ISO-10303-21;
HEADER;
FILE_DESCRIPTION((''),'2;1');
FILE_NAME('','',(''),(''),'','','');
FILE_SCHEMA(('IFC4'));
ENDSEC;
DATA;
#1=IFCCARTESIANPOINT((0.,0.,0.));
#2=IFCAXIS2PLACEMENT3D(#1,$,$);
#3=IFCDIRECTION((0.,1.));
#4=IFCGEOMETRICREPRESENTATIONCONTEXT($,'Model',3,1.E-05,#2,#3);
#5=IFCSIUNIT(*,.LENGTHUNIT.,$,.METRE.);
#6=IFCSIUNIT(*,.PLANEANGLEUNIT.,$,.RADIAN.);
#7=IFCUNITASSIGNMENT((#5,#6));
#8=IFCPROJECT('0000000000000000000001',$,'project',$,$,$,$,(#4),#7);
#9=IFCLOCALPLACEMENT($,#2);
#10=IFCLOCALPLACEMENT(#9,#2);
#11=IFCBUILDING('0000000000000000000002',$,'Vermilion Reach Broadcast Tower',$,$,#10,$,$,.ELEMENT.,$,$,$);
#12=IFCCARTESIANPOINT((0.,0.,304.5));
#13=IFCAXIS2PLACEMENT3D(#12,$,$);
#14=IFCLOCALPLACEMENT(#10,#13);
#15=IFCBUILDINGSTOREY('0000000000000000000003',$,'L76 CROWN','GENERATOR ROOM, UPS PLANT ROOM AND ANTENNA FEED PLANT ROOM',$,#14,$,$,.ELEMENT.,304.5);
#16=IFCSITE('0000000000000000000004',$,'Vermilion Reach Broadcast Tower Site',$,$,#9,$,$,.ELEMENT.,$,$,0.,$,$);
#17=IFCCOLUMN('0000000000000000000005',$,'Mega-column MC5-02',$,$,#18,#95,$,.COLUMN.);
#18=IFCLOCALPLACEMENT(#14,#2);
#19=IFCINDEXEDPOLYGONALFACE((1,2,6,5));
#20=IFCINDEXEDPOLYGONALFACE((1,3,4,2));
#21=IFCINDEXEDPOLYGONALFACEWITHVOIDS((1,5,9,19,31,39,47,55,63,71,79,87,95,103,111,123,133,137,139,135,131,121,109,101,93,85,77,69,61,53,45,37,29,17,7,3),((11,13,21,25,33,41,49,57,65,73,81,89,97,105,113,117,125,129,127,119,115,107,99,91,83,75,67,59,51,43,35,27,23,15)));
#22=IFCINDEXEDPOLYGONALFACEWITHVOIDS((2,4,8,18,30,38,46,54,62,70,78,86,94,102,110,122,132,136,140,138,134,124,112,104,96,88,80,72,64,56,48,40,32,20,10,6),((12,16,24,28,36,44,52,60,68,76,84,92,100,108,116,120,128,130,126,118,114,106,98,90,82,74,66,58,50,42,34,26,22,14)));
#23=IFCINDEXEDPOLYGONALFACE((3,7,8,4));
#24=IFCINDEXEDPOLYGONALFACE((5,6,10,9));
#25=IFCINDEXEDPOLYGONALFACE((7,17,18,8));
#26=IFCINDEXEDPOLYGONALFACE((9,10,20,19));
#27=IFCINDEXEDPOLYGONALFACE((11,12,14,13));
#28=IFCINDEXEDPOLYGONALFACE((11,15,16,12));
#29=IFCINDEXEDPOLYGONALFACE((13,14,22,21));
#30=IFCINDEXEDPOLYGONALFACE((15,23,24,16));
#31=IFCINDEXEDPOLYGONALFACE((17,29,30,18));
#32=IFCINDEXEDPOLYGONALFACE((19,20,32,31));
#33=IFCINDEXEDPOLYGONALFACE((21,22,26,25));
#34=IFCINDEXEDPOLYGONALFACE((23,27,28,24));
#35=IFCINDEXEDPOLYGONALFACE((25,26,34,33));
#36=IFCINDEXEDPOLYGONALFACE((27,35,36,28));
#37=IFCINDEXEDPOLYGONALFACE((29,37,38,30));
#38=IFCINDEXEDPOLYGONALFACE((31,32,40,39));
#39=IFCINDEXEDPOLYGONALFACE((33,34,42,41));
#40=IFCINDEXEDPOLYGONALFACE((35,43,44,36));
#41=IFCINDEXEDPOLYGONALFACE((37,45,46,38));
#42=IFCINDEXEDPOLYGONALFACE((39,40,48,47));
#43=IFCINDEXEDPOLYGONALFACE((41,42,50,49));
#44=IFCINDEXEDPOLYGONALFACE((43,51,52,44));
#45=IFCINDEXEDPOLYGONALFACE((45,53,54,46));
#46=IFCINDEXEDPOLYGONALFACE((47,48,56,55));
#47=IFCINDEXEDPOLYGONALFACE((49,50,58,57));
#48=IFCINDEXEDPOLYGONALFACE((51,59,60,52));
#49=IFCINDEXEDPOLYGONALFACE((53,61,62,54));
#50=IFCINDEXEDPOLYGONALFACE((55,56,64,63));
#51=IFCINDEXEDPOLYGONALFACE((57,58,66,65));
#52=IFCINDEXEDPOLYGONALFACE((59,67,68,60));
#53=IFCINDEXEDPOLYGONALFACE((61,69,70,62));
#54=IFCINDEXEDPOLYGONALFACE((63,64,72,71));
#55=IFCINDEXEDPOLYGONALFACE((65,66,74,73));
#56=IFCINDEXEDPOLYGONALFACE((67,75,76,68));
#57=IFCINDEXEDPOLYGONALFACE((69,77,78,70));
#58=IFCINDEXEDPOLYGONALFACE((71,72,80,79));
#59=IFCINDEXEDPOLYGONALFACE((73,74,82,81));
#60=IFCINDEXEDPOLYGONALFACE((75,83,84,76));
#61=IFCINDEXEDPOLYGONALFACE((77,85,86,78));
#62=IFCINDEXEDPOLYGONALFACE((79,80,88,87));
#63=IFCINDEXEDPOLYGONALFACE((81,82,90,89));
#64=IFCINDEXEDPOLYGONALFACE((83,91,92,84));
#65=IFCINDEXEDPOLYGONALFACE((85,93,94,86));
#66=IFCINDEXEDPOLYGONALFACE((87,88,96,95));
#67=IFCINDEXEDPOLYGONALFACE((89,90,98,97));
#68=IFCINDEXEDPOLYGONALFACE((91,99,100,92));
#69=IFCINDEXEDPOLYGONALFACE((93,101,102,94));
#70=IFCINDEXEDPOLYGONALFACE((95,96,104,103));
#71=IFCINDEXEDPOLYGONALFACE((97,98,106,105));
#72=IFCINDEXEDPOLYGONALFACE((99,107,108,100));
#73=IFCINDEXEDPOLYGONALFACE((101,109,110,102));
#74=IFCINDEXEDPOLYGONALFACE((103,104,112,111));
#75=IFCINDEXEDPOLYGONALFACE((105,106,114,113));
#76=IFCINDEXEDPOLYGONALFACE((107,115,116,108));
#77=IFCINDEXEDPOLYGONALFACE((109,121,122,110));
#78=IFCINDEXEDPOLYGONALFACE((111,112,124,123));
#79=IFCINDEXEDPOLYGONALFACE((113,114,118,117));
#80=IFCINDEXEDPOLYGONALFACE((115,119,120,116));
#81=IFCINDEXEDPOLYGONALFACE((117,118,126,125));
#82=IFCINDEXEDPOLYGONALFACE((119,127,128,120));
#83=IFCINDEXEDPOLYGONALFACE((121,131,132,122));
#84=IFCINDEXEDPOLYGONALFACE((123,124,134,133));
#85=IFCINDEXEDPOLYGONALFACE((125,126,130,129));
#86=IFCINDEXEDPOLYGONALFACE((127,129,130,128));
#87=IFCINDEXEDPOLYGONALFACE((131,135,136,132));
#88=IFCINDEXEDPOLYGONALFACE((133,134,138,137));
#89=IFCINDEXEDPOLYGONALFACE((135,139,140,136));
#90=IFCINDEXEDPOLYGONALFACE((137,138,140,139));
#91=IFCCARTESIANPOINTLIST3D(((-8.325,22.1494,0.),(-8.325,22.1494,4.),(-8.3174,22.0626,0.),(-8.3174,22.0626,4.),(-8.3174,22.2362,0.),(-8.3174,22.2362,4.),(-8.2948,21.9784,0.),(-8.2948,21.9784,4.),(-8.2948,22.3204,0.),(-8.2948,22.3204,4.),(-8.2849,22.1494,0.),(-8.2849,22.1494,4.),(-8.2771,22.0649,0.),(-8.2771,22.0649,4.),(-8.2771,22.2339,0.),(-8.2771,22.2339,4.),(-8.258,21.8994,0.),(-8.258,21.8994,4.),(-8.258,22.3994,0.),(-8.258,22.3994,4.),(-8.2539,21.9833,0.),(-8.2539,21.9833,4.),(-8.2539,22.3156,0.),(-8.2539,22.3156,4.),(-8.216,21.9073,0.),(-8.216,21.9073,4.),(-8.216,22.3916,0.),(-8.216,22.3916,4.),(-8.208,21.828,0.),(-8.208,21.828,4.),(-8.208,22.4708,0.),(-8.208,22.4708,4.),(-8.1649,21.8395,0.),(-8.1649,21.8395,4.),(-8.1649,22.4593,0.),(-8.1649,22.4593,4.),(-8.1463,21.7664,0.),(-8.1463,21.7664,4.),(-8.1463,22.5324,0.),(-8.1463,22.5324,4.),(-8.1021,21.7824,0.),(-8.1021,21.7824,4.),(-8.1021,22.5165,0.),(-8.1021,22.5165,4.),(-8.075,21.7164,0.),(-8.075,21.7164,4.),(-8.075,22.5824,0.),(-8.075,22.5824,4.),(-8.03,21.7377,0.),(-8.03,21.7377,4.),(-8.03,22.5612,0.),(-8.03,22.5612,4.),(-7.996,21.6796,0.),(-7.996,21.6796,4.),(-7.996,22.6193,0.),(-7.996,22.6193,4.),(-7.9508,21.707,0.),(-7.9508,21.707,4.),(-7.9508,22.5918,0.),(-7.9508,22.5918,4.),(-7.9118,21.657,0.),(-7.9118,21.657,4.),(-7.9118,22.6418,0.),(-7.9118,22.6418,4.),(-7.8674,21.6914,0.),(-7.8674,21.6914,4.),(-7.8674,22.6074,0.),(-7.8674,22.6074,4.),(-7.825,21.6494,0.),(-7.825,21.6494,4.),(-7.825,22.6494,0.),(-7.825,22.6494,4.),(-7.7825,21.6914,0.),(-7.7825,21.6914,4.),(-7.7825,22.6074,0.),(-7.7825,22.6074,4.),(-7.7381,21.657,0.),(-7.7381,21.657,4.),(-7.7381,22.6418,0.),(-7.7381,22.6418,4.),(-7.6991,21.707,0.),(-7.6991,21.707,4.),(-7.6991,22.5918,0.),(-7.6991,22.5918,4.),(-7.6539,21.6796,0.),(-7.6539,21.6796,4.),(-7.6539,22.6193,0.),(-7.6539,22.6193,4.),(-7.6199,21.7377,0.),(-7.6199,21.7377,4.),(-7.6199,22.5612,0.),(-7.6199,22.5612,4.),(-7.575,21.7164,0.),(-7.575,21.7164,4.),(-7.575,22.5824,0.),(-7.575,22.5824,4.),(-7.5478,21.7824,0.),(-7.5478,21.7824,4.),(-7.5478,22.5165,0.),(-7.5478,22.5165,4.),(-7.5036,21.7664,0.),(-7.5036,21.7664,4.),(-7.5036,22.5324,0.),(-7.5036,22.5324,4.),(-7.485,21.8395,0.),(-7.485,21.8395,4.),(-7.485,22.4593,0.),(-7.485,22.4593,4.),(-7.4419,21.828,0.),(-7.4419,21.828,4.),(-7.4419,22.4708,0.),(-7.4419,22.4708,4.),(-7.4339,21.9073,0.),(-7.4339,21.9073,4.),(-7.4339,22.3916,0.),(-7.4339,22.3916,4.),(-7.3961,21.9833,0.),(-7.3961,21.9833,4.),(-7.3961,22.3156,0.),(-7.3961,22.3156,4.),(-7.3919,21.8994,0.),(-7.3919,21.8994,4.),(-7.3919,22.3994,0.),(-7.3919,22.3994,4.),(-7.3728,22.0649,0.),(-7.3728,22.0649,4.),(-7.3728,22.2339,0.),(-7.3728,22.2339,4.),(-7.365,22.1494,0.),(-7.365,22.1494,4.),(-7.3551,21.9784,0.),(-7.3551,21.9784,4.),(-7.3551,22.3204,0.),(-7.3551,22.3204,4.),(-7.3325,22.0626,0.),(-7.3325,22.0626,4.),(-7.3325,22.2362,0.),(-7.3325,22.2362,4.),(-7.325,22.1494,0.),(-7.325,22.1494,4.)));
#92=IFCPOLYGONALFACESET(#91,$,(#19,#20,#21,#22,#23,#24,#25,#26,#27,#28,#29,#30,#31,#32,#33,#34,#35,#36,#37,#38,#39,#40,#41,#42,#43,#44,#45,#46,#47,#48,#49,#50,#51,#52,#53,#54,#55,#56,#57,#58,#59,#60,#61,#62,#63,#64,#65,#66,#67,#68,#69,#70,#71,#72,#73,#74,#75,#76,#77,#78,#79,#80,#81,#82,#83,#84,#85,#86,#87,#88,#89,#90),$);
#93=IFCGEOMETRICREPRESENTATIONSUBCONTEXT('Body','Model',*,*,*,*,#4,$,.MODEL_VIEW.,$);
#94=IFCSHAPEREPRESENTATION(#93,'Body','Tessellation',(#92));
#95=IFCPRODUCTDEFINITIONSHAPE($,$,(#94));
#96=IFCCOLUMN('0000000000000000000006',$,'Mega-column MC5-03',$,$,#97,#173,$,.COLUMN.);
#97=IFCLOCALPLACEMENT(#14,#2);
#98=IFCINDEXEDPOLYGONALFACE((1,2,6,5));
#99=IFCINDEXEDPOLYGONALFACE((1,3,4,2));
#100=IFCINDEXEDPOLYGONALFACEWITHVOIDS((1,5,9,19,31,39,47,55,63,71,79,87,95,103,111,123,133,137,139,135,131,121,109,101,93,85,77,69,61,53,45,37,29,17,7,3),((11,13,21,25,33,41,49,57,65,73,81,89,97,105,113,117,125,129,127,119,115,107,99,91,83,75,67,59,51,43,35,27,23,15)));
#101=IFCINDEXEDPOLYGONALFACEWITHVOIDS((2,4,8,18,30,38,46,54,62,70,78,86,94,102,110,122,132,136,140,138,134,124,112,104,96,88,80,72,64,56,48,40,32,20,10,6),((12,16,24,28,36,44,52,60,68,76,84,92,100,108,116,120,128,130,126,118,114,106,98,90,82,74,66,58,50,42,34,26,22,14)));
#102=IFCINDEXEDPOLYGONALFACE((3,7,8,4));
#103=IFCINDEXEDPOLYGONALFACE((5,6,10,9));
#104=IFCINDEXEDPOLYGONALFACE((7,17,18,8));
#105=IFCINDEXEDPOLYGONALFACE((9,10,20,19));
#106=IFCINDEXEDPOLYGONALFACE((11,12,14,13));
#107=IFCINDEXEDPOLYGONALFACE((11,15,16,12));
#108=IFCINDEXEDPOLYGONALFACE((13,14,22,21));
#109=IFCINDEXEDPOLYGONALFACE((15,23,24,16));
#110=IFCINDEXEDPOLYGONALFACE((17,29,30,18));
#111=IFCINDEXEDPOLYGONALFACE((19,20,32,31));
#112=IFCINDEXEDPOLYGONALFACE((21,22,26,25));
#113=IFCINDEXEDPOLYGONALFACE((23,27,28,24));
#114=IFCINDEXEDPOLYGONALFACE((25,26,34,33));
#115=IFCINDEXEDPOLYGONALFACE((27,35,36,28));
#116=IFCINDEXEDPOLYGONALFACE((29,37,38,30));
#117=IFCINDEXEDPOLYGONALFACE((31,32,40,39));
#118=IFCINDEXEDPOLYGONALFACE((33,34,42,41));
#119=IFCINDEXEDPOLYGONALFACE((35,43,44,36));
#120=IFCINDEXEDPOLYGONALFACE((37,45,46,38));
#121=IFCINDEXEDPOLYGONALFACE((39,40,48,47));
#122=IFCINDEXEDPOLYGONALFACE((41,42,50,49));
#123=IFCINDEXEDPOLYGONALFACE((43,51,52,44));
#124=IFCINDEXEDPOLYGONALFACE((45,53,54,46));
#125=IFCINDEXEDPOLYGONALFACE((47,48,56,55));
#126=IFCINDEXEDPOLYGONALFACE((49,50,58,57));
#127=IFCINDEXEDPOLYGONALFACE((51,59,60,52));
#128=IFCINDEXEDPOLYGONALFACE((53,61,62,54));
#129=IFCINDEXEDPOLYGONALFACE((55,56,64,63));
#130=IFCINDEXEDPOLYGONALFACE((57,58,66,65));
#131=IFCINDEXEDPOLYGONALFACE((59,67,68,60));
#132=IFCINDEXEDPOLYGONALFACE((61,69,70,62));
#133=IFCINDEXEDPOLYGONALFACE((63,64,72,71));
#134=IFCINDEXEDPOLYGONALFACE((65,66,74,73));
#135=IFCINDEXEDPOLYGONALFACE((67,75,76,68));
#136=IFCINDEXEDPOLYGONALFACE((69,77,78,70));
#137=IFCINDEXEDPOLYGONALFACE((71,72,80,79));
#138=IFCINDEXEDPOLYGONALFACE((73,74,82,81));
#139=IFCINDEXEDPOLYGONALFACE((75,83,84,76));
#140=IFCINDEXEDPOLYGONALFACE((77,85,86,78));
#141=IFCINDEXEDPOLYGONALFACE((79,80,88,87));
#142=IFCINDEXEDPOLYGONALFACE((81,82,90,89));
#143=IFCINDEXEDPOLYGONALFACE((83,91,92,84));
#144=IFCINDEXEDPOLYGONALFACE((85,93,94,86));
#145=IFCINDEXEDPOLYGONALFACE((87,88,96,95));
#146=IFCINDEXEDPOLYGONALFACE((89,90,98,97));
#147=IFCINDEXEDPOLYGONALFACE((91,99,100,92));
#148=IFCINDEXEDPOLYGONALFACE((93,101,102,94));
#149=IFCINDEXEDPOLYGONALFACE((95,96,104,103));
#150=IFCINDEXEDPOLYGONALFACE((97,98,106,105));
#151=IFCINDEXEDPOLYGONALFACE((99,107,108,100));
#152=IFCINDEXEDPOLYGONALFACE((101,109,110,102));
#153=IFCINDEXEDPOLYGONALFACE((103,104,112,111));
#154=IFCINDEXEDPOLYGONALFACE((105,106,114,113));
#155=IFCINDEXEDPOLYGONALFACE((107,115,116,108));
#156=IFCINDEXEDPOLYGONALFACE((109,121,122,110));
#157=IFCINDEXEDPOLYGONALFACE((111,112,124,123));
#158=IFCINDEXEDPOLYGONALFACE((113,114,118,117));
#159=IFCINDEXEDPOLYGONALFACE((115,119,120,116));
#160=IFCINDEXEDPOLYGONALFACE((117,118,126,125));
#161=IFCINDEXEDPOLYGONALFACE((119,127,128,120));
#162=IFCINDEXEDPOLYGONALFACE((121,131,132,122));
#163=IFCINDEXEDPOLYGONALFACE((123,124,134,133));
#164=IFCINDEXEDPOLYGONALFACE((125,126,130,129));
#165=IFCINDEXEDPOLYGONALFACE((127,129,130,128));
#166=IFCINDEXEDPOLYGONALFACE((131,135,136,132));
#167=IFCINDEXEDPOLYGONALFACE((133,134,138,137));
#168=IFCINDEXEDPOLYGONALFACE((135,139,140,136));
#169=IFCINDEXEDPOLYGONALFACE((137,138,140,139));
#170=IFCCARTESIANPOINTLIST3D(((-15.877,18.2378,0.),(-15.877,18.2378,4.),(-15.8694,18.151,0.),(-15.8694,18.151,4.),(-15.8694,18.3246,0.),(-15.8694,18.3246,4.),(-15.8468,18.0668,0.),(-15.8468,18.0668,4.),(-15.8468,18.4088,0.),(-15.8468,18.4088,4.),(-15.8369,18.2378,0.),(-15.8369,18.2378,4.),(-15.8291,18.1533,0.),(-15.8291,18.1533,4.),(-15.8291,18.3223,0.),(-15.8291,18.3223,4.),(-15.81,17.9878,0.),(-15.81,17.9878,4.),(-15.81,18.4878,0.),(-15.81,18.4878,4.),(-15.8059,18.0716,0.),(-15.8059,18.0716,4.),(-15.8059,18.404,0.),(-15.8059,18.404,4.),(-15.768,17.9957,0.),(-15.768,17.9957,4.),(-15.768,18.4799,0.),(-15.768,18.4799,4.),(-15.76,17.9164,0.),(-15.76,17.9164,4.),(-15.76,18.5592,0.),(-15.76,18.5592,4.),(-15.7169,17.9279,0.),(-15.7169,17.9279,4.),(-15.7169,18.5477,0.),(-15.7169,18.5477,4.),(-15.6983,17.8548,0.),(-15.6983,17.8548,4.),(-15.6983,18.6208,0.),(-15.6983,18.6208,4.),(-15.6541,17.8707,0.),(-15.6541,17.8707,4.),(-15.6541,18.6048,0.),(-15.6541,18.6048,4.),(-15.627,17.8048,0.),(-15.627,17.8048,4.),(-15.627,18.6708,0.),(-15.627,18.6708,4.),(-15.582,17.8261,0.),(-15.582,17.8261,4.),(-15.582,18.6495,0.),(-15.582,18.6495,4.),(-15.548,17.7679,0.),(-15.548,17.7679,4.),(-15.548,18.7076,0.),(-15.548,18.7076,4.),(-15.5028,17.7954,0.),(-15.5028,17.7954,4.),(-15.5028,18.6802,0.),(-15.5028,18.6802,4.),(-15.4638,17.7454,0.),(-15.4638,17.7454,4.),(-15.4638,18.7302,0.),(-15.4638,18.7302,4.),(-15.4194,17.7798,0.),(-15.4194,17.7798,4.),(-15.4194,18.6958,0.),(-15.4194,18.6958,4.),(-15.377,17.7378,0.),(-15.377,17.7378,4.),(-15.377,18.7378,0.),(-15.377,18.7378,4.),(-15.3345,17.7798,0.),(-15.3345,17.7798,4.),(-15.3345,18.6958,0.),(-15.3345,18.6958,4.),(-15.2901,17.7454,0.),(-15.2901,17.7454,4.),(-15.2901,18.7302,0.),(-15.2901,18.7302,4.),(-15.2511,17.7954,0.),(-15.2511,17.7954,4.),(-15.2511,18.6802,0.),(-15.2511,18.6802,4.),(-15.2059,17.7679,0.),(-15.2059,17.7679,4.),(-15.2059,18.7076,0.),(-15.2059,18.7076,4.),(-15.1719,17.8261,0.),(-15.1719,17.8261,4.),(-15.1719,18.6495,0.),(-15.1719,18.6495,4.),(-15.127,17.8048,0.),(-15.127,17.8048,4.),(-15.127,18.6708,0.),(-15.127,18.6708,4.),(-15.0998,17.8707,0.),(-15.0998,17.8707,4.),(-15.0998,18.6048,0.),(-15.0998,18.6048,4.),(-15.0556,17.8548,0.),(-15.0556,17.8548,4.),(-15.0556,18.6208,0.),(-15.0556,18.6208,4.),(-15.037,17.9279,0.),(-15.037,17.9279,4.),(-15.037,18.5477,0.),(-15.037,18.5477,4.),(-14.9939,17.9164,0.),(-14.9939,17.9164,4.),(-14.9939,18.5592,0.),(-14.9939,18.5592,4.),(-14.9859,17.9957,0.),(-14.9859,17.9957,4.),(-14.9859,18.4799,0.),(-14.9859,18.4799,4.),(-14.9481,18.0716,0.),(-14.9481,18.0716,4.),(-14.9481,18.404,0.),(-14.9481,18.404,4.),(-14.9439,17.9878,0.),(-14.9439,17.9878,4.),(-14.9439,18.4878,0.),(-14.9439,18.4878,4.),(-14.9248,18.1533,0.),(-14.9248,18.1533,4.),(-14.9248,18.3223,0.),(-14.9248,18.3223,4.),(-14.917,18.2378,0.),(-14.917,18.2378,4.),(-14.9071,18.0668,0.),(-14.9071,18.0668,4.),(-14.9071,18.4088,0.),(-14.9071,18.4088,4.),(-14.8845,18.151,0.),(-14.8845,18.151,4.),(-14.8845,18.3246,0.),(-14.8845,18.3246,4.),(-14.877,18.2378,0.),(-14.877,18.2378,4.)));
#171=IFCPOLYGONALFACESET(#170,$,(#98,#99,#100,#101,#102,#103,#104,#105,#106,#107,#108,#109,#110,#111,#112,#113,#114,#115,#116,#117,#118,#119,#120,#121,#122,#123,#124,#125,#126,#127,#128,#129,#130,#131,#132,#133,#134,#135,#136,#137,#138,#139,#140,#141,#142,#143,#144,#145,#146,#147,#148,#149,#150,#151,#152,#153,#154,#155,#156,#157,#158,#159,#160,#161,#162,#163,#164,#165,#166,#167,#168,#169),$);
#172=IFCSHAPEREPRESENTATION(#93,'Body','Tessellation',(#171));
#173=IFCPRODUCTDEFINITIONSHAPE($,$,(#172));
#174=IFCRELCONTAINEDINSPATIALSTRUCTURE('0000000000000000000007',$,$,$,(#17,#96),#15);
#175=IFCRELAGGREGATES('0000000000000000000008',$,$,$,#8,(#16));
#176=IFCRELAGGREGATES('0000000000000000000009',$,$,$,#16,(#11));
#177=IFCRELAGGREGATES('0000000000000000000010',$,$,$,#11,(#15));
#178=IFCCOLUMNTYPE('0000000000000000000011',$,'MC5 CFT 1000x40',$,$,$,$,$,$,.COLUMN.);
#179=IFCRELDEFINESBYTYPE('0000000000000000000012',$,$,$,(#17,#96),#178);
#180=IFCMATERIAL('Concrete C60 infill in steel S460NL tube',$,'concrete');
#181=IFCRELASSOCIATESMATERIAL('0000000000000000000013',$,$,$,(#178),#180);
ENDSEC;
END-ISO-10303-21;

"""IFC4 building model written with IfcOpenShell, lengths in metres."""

from ifc_helpers import new_model, si_unit, direction, frame, origin, origin_2d, place, context, subcontext, project, spatial, hollow_circle, extrude, material, material_profile, profile_set, type_object, element, save


model = new_model("IFC4")

# Units and contexts
model_context = context("Model", 3, precision=1e-05, world=origin(), true_north=direction((0.0, 1.0)))
body_context = subcontext(model_context, "Body", "Model", "MODEL_VIEW")
ifc_project = project(units=[si_unit("LENGTHUNIT", "METRE"), si_unit("PLANEANGLEUNIT", "RADIAN")], contexts=[model_context])

# Site, building, storey
site_placement = place(None, origin())
site = spatial("IfcSite", under=ifc_project, at=site_placement, Name="Vermilion Reach Broadcast Tower Site", CompositionType="ELEMENT", RefElevation=0.0)
building_placement = place(site_placement, origin())
building = spatial("IfcBuilding", under=site, at=building_placement, Name="Vermilion Reach Broadcast Tower", CompositionType="ELEMENT")
storey_placement = place(building_placement, frame((0.0, 0.0, 304.5)))
storey = spatial("IfcBuildingStorey", under=building, at=storey_placement, Name="L76 CROWN", Description="GENERATOR ROOM, UPS PLANT ROOM AND ANTENNA FEED PLANT ROOM", CompositionType="ELEMENT", Elevation=304.5)

# Columns
ifc_material_1 = material(Name="Concrete C60 infill in steel S460NL tube", Category="concrete")
ifc_material_profile_1 = material_profile(ifc_material_1, hollow_circle(Radius=0.5, WallThickness=0.04, at=origin_2d()), Name="Concrete C60 infill in steel S460NL tube CFT 1000x40")
ifc_profile_set_1 = profile_set([ifc_material_profile_1], Name="Concrete C60 infill in steel S460NL tube")
column_type = type_object("IfcColumnType", Name="MC5 CFT 1000x40", PredefinedType="COLUMN", material=ifc_profile_set_1)
for number, where, z_axis, x_axis, name in (
    (1, (-7.825, 22.1494, 0.0), (0.0, 0.0, 1.0), (1.0, 0.0, 0.0), "Mega-column MC5-02"),
    (2, (-15.377, 18.2378, 0.0), (0.0, 0.0, 1.0), (1.0, 0.0, 0.0), "Mega-column MC5-03"),
):
    element("IfcColumn", number, at=place(storey_placement, frame(where, z_axis=z_axis, x_axis=x_axis)), inside=storey, type_object=column_type, Name=name, PredefinedType="COLUMN", context=body_context, shape_type="SweptSolid", body=[
        extrude(hollow_circle(Radius=0.5, WallThickness=0.04, at=origin_2d()), origin(), (0.0, 0.0, 1.0), 4.0),
    ])

save(model, "model.ifc")
